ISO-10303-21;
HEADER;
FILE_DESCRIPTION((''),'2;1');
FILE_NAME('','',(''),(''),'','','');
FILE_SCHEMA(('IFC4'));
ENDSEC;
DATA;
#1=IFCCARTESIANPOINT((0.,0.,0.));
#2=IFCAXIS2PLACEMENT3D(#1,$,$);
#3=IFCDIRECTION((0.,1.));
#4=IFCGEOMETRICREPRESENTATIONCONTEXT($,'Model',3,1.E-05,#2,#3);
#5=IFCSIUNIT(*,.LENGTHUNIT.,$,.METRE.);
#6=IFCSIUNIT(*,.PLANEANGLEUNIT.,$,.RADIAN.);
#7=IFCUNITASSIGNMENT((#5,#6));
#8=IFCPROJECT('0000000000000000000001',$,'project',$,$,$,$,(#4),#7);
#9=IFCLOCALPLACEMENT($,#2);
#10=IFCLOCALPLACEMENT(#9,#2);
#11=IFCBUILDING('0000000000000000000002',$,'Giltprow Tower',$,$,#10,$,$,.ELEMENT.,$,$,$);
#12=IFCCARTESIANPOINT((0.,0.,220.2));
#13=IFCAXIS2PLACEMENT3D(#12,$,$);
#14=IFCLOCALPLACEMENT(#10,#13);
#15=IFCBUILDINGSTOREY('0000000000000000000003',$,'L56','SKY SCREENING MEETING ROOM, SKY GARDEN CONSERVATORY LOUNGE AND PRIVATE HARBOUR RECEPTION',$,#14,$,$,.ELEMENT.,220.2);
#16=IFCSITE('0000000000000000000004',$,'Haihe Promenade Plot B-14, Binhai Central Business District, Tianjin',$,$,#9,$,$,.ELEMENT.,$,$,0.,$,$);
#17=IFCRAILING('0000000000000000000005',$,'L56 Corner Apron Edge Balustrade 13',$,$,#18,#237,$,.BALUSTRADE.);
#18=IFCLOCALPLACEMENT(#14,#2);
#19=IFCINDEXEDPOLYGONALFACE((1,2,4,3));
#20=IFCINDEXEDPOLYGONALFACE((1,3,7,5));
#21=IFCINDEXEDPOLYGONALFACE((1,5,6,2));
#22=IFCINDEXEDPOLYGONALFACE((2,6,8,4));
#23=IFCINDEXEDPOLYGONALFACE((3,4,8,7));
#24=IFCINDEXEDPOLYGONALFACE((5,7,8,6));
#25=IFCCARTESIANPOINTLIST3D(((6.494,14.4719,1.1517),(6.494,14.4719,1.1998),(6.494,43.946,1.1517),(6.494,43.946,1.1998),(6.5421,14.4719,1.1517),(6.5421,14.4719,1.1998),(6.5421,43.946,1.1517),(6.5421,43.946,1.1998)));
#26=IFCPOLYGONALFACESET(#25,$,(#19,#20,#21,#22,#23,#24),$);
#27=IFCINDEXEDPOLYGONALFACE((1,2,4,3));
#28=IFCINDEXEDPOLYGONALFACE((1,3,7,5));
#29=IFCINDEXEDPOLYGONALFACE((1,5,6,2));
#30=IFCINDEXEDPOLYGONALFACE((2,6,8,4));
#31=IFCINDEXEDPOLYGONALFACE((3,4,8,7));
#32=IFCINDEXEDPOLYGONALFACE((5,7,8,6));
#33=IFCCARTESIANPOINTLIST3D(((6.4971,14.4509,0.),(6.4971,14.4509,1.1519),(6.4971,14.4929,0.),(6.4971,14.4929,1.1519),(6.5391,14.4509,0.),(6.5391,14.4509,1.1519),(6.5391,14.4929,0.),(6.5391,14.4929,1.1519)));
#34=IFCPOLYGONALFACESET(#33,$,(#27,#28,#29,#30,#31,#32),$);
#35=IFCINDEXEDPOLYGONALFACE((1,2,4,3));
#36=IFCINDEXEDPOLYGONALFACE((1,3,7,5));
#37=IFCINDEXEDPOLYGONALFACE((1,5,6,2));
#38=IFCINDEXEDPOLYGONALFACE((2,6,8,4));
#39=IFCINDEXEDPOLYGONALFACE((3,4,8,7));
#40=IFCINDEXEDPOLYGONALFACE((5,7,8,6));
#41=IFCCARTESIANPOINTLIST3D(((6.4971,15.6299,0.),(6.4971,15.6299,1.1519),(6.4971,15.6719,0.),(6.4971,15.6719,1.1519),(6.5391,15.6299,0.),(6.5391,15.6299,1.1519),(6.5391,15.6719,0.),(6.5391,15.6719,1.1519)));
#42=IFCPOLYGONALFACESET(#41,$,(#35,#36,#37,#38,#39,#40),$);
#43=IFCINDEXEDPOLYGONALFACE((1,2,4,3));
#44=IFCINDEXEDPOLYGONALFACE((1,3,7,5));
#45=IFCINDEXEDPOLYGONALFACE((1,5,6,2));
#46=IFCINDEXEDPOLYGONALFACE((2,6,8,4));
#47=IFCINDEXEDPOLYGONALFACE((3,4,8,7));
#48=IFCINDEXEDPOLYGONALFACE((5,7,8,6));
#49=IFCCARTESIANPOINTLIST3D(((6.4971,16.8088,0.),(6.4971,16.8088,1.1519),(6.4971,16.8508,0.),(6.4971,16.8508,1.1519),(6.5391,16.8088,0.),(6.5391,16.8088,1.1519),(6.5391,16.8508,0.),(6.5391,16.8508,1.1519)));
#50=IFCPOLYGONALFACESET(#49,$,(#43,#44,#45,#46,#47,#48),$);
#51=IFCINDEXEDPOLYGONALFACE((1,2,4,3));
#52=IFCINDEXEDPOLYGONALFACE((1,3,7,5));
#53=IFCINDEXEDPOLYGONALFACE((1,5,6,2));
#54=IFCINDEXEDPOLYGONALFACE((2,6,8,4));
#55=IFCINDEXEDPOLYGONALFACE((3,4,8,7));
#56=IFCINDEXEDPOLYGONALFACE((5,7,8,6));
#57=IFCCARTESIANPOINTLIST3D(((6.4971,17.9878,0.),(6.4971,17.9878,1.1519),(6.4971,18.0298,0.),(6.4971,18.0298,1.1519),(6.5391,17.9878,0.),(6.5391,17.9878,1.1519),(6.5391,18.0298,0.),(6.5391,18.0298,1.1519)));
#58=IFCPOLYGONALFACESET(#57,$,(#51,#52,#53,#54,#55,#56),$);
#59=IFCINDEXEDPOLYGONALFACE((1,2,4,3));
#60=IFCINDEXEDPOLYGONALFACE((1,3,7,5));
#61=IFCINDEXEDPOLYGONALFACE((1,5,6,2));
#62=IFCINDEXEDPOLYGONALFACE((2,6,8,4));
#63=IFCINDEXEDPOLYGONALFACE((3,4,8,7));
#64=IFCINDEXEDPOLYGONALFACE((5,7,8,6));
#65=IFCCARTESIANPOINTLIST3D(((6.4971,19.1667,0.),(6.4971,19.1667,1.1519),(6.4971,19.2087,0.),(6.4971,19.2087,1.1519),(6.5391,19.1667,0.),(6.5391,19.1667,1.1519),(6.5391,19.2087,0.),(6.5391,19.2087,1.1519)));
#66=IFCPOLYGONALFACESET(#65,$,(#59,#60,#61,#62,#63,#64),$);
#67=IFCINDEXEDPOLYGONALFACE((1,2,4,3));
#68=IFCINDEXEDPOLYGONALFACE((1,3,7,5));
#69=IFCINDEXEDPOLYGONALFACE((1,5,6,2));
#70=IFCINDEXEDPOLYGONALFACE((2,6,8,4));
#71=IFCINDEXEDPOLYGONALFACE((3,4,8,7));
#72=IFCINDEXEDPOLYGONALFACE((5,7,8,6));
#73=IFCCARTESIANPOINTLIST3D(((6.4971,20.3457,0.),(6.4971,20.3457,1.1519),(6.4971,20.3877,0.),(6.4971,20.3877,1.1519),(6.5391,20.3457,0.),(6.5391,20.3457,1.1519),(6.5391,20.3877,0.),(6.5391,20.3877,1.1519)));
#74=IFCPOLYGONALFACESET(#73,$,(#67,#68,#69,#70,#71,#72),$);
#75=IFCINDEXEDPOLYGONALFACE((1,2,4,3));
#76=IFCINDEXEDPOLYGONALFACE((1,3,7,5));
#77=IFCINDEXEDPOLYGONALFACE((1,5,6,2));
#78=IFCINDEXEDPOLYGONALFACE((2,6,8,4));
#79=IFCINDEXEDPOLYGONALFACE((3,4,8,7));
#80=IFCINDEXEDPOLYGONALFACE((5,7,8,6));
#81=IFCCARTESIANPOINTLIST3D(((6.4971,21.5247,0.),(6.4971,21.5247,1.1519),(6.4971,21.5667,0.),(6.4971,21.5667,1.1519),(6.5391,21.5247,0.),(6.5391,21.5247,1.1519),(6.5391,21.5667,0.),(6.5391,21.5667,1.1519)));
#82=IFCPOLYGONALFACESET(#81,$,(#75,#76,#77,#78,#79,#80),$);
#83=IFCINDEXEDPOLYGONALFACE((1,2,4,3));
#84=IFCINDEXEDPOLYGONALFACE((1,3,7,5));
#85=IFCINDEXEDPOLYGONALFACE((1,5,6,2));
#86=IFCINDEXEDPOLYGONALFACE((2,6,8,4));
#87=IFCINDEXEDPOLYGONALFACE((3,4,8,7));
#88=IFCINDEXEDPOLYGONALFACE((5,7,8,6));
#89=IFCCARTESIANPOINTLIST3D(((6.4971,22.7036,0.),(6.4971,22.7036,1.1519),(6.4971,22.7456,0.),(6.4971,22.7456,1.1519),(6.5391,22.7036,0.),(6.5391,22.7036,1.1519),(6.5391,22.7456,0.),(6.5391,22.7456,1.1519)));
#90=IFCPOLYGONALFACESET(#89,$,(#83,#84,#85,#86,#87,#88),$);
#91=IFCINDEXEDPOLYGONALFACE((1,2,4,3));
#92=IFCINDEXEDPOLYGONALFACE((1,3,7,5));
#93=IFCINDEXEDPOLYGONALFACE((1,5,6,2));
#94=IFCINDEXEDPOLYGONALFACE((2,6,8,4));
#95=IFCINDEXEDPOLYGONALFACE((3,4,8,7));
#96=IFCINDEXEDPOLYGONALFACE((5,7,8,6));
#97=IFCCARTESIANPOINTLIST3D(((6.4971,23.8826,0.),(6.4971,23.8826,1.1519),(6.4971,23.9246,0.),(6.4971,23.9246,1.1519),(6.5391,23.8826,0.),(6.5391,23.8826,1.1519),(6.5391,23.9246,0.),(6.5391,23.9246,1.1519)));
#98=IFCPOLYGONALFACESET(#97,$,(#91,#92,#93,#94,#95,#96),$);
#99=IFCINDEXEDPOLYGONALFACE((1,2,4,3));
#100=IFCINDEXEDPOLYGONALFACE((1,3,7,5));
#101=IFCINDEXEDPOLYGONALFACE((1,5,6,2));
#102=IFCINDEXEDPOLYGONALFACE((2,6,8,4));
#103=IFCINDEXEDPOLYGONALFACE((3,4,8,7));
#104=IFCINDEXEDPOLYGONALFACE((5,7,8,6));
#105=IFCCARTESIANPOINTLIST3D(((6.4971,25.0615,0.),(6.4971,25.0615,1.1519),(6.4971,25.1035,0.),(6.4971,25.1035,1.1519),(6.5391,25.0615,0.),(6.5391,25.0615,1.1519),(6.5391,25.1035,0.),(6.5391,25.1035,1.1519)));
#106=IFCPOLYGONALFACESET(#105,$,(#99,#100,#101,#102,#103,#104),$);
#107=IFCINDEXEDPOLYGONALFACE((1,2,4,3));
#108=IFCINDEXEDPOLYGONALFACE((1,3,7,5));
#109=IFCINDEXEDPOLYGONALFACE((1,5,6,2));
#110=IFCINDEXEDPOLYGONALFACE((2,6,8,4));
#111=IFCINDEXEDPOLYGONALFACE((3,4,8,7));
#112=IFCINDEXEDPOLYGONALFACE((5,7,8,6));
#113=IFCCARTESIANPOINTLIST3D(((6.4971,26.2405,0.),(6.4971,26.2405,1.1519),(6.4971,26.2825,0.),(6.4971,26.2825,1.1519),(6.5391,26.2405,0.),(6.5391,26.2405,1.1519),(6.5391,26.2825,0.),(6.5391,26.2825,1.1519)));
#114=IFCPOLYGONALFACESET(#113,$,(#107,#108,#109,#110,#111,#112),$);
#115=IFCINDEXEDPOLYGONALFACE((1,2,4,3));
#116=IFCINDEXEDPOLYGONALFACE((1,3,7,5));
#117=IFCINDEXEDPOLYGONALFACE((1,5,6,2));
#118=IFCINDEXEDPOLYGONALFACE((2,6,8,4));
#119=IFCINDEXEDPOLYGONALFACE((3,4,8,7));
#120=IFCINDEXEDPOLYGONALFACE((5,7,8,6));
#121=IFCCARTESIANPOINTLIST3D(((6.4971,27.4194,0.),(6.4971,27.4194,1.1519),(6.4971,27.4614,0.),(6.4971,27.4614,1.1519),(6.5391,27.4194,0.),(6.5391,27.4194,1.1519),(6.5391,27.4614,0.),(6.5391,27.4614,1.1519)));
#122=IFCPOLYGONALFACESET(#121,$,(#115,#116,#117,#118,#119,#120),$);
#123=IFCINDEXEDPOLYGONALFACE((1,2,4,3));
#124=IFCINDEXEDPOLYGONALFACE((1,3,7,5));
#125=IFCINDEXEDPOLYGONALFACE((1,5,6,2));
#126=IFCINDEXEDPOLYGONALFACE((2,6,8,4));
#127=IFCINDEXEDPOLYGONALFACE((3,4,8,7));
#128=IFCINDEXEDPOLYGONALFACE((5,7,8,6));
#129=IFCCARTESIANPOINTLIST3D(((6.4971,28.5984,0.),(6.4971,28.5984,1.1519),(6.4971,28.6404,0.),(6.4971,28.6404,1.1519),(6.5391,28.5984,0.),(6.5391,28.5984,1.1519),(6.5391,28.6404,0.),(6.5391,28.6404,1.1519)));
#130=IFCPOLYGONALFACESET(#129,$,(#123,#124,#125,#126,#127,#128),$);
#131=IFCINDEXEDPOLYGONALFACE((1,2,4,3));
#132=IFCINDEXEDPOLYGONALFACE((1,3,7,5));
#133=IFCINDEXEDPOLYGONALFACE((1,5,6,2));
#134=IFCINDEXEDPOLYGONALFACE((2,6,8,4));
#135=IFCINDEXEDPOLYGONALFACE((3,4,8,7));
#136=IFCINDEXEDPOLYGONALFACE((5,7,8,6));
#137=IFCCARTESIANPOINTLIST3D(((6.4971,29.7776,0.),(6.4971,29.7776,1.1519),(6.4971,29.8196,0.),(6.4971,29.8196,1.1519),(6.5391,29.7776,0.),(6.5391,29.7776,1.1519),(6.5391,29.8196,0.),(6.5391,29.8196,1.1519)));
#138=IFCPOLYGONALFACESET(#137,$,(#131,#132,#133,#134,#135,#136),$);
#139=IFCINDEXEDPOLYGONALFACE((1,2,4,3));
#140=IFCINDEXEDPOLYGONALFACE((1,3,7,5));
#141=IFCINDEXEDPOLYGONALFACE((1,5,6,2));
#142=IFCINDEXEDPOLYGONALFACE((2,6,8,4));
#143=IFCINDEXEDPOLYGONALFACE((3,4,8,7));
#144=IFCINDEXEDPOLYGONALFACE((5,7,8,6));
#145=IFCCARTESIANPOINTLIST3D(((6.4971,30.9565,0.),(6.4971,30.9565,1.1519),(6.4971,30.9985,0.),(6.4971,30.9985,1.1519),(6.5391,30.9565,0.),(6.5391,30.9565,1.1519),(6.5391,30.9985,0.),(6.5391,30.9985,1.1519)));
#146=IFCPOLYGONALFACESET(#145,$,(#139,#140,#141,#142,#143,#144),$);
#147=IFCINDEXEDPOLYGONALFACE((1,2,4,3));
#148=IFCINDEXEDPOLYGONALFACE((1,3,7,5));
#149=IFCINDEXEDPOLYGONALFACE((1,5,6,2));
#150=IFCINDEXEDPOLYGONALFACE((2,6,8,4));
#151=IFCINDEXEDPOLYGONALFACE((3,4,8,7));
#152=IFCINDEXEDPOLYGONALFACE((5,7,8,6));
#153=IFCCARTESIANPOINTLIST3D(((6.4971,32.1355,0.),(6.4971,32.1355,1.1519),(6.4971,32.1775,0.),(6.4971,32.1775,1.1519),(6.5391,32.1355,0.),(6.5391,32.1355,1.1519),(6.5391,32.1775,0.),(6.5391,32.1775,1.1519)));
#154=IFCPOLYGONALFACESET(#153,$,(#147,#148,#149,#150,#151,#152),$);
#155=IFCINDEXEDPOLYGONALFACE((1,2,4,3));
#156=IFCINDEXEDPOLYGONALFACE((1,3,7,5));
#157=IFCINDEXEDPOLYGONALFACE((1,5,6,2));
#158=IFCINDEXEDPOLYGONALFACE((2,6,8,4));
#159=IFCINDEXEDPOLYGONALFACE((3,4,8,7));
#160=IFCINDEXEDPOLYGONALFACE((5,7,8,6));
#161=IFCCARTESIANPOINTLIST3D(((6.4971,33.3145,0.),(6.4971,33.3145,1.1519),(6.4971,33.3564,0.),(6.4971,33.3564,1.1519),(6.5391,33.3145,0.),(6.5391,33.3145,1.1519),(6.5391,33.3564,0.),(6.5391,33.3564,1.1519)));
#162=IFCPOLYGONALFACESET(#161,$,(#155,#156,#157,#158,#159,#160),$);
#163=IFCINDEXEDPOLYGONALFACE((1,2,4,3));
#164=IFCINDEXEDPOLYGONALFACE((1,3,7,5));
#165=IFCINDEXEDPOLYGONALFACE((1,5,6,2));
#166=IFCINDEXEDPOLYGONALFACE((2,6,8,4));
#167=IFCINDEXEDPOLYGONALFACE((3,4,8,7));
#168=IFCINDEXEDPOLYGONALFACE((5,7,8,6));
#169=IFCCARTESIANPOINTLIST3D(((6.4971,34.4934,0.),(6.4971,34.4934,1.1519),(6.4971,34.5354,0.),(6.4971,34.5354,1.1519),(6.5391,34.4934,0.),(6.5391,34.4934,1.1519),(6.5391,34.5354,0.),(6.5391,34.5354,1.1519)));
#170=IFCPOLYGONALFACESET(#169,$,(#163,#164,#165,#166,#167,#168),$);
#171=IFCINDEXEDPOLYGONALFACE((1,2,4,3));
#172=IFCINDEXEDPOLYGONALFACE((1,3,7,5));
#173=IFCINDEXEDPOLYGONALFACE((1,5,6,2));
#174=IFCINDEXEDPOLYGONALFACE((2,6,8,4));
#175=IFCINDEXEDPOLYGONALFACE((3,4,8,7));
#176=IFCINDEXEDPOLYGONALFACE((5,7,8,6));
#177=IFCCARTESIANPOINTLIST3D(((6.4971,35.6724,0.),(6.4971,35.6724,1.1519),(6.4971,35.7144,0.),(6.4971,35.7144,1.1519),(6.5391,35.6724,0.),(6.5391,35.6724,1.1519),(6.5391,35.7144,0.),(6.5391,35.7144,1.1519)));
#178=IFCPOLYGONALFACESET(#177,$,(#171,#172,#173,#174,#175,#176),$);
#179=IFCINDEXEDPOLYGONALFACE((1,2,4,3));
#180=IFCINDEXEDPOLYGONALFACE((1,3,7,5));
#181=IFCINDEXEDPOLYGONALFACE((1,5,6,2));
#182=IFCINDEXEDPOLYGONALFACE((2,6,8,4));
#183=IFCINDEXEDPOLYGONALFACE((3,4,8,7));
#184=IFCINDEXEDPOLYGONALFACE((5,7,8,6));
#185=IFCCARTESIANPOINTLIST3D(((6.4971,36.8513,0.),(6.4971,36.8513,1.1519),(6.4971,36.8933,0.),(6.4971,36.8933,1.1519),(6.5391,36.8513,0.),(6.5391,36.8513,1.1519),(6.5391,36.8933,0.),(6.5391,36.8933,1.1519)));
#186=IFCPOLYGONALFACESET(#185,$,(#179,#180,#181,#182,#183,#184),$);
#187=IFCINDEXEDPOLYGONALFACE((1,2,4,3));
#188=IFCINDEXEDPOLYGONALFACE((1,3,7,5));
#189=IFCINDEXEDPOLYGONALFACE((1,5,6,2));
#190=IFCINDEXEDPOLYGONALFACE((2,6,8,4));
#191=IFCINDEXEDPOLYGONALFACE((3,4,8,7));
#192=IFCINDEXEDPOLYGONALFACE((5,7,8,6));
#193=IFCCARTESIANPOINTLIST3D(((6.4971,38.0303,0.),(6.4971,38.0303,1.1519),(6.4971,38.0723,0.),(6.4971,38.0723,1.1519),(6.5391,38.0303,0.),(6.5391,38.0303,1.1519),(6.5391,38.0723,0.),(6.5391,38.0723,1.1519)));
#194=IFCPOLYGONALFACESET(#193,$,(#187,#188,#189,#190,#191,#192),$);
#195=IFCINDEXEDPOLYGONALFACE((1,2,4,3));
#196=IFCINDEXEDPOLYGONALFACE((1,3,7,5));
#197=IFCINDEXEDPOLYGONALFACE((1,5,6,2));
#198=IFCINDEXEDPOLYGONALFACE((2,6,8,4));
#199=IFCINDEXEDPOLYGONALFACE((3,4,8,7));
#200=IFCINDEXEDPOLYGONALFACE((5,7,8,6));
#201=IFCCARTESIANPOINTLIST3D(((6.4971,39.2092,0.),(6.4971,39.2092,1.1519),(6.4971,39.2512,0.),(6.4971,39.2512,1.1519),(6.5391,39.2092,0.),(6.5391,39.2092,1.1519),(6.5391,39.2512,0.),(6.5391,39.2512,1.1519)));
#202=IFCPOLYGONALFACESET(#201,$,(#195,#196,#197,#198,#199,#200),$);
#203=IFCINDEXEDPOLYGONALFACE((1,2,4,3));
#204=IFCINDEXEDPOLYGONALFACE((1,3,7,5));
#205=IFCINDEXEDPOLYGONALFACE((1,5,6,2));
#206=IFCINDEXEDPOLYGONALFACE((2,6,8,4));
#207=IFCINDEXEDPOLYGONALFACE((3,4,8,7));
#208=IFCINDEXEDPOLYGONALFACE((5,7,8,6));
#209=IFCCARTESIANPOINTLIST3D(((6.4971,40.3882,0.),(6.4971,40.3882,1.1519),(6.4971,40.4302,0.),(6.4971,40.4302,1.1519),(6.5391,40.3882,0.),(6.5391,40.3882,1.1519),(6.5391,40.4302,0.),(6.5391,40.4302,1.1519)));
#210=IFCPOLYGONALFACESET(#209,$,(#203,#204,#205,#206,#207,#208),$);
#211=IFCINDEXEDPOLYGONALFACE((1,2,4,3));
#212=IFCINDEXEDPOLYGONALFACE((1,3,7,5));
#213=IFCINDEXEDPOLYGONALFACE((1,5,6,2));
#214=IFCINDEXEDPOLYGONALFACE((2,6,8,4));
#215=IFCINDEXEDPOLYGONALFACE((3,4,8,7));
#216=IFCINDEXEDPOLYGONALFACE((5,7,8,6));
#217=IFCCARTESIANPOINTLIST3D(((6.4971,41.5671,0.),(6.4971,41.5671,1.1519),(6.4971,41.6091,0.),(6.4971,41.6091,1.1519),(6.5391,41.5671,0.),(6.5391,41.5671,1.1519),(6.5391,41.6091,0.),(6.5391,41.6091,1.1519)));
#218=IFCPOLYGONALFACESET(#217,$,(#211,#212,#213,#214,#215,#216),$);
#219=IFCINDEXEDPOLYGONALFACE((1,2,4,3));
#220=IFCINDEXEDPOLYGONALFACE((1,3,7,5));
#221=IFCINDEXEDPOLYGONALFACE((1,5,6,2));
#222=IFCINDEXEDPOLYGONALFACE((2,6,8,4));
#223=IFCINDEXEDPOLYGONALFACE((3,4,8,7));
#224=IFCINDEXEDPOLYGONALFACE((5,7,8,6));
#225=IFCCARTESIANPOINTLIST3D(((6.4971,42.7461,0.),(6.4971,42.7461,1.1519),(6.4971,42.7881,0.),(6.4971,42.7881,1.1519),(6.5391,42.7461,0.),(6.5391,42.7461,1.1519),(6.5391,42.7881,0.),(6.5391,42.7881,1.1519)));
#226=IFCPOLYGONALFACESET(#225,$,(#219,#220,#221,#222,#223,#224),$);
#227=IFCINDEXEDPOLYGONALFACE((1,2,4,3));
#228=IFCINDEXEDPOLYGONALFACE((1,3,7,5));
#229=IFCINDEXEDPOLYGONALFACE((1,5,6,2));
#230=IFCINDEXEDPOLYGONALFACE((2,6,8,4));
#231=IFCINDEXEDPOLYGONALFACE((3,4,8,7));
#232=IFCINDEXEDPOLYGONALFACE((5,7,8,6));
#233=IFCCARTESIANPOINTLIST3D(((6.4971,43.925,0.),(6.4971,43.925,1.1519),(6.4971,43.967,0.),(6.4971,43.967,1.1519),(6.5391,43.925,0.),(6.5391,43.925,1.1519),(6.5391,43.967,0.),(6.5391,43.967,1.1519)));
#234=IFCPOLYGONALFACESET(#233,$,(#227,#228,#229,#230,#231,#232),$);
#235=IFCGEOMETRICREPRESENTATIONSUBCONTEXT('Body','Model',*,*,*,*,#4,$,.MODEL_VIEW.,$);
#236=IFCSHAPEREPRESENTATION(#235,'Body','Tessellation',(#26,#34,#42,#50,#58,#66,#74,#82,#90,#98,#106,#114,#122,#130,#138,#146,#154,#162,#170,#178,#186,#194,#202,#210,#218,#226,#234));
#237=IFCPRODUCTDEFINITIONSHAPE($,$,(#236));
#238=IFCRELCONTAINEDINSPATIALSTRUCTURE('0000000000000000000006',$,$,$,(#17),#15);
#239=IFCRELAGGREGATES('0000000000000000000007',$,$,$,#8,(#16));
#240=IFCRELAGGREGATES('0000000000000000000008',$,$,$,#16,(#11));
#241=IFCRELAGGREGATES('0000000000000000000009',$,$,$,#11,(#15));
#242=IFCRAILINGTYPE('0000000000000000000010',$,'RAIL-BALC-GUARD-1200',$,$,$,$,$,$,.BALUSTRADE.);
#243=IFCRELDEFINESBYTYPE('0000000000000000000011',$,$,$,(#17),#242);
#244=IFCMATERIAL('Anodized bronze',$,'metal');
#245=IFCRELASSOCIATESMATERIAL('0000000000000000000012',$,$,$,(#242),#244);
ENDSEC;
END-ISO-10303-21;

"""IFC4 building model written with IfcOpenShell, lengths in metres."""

from ifc_helpers import new_model, si_unit, direction, frame, origin, origin_2d, place, context, subcontext, project, spatial, rectangle, extrude, material, type_object, element, save


model = new_model("IFC4")

# Units and contexts
model_context = context("Model", 3, precision=1e-05, world=origin(), true_north=direction((0.0, 1.0)))
body_context = subcontext(model_context, "Body", "Model", "MODEL_VIEW")
ifc_project = project(units=[si_unit("LENGTHUNIT", "METRE"), si_unit("PLANEANGLEUNIT", "RADIAN")], contexts=[model_context])

# Site, building, storey
site_placement = place(None, origin())
site = spatial("IfcSite", under=ifc_project, at=site_placement, Name="Haihe Promenade Plot B-14, Binhai Central Business District, Tianjin", CompositionType="ELEMENT", RefElevation=0.0)
building_placement = place(site_placement, origin())
building = spatial("IfcBuilding", under=site, at=building_placement, Name="Giltprow Tower", CompositionType="ELEMENT")
storey_placement = place(building_placement, frame((0.0, 0.0, 220.2)))
storey = spatial("IfcBuildingStorey", under=building, at=storey_placement, Name="L56", Description="SKY SCREENING MEETING ROOM, SKY GARDEN CONSERVATORY LOUNGE AND PRIVATE HARBOUR RECEPTION", CompositionType="ELEMENT", Elevation=220.2)

# Shared definitions
ifc_material_1 = material(Name="Anodized bronze", Category="metal")

# Railing
railing_type = type_object("IfcRailingType", Name="RAIL-BALC-GUARD-1200", PredefinedType="BALUSTRADE", material=ifc_material_1)
railing_1_placement = place(storey_placement, frame((6.5181, 14.4719, 0.0)))
element("IfcRailing", 1, at=railing_1_placement, inside=storey, type_object=railing_type, Name="L56 Corner Apron Edge Balustrade 13", PredefinedType="BALUSTRADE", context=body_context, shape_type="SweptSolid", body=[
    extrude(rectangle(XDim=0.0481, YDim=0.0481, at=origin_2d()), frame((0.0, 0.0, 1.1758), z_axis=(0.0, 1.0, 0.0), x_axis=(-1.0, 0.0, 0.0)), (0.0, 0.0, 1.0), 29.4741),
    extrude(rectangle(XDim=0.042, YDim=0.042, at=origin_2d()), origin(), (0.0, 0.0, 1.0), 1.1519),
    extrude(rectangle(XDim=0.042, YDim=0.042, at=origin_2d()), frame((0.0, 1.179, 0.0)), (0.0, 0.0, 1.0), 1.1519),
    extrude(rectangle(XDim=0.042, YDim=0.042, at=origin_2d()), frame((0.0, 2.3579, 0.0)), (0.0, 0.0, 1.0), 1.1519),
    extrude(rectangle(XDim=0.042, YDim=0.042, at=origin_2d()), frame((0.0, 3.5369, 0.0)), (0.0, 0.0, 1.0), 1.1519),
    extrude(rectangle(XDim=0.042, YDim=0.042, at=origin_2d()), frame((0.0, 4.7158, 0.0)), (0.0, 0.0, 1.0), 1.1519),
    extrude(rectangle(XDim=0.042, YDim=0.042, at=origin_2d()), frame((0.0, 5.8948, 0.0)), (0.0, 0.0, 1.0), 1.1519),
    extrude(rectangle(XDim=0.042, YDim=0.042, at=origin_2d()), frame((0.0, 7.0737, 0.0)), (0.0, 0.0, 1.0), 1.1519),
    extrude(rectangle(XDim=0.042, YDim=0.042, at=origin_2d()), frame((0.0, 8.2527, 0.0)), (0.0, 0.0, 1.0), 1.1519),
    extrude(rectangle(XDim=0.042, YDim=0.042, at=origin_2d()), frame((0.0, 9.4316, 0.0)), (0.0, 0.0, 1.0), 1.1519),
    extrude(rectangle(XDim=0.042, YDim=0.042, at=origin_2d()), frame((0.0, 10.6106, 0.0)), (0.0, 0.0, 1.0), 1.1519),
    extrude(rectangle(XDim=0.042, YDim=0.042, at=origin_2d()), frame((0.0, 11.7896, 0.0)), (0.0, 0.0, 1.0), 1.1519),
    extrude(rectangle(XDim=0.042, YDim=0.042, at=origin_2d()), frame((0.0, 12.9685, 0.0)), (0.0, 0.0, 1.0), 1.1519),
    extrude(rectangle(XDim=0.042, YDim=0.042, at=origin_2d()), frame((0.0, 14.1475, 0.0)), (0.0, 0.0, 1.0), 1.1519),
    extrude(rectangle(XDim=0.042, YDim=0.042, at=origin_2d()), frame((0.0, 15.3267, 0.0)), (0.0, 0.0, 1.0), 1.1519),
    extrude(rectangle(XDim=0.042, YDim=0.042, at=origin_2d()), frame((0.0, 16.5056, 0.0)), (0.0, 0.0, 1.0), 1.1519),
    extrude(rectangle(XDim=0.042, YDim=0.042, at=origin_2d()), frame((0.0, 17.6846, 0.0)), (0.0, 0.0, 1.0), 1.1519),
    extrude(rectangle(XDim=0.042, YDim=0.042, at=origin_2d()), frame((0.0, 18.8635, 0.0)), (0.0, 0.0, 1.0), 1.1519),
    extrude(rectangle(XDim=0.042, YDim=0.042, at=origin_2d()), frame((0.0, 20.0425, 0.0)), (0.0, 0.0, 1.0), 1.1519),
    extrude(rectangle(XDim=0.042, YDim=0.042, at=origin_2d()), frame((0.0, 21.2214, 0.0)), (0.0, 0.0, 1.0), 1.1519),
    extrude(rectangle(XDim=0.042, YDim=0.042, at=origin_2d()), frame((0.0, 22.4004, 0.0)), (0.0, 0.0, 1.0), 1.1519),
    extrude(rectangle(XDim=0.042, YDim=0.042, at=origin_2d()), frame((0.0, 23.5793, 0.0)), (0.0, 0.0, 1.0), 1.1519),
    extrude(rectangle(XDim=0.042, YDim=0.042, at=origin_2d()), frame((0.0, 24.7583, 0.0)), (0.0, 0.0, 1.0), 1.1519),
    extrude(rectangle(XDim=0.042, YDim=0.042, at=origin_2d()), frame((0.0, 25.9373, 0.0)), (0.0, 0.0, 1.0), 1.1519),
    extrude(rectangle(XDim=0.042, YDim=0.042, at=origin_2d()), frame((0.0, 27.1162, 0.0)), (0.0, 0.0, 1.0), 1.1519),
    extrude(rectangle(XDim=0.042, YDim=0.042, at=origin_2d()), frame((0.0, 28.2952, 0.0)), (0.0, 0.0, 1.0), 1.1519),
    extrude(rectangle(XDim=0.042, YDim=0.042, at=origin_2d()), frame((0.0, 29.4741, 0.0)), (0.0, 0.0, 1.0), 1.1519),
])

save(model, "model.ifc")
